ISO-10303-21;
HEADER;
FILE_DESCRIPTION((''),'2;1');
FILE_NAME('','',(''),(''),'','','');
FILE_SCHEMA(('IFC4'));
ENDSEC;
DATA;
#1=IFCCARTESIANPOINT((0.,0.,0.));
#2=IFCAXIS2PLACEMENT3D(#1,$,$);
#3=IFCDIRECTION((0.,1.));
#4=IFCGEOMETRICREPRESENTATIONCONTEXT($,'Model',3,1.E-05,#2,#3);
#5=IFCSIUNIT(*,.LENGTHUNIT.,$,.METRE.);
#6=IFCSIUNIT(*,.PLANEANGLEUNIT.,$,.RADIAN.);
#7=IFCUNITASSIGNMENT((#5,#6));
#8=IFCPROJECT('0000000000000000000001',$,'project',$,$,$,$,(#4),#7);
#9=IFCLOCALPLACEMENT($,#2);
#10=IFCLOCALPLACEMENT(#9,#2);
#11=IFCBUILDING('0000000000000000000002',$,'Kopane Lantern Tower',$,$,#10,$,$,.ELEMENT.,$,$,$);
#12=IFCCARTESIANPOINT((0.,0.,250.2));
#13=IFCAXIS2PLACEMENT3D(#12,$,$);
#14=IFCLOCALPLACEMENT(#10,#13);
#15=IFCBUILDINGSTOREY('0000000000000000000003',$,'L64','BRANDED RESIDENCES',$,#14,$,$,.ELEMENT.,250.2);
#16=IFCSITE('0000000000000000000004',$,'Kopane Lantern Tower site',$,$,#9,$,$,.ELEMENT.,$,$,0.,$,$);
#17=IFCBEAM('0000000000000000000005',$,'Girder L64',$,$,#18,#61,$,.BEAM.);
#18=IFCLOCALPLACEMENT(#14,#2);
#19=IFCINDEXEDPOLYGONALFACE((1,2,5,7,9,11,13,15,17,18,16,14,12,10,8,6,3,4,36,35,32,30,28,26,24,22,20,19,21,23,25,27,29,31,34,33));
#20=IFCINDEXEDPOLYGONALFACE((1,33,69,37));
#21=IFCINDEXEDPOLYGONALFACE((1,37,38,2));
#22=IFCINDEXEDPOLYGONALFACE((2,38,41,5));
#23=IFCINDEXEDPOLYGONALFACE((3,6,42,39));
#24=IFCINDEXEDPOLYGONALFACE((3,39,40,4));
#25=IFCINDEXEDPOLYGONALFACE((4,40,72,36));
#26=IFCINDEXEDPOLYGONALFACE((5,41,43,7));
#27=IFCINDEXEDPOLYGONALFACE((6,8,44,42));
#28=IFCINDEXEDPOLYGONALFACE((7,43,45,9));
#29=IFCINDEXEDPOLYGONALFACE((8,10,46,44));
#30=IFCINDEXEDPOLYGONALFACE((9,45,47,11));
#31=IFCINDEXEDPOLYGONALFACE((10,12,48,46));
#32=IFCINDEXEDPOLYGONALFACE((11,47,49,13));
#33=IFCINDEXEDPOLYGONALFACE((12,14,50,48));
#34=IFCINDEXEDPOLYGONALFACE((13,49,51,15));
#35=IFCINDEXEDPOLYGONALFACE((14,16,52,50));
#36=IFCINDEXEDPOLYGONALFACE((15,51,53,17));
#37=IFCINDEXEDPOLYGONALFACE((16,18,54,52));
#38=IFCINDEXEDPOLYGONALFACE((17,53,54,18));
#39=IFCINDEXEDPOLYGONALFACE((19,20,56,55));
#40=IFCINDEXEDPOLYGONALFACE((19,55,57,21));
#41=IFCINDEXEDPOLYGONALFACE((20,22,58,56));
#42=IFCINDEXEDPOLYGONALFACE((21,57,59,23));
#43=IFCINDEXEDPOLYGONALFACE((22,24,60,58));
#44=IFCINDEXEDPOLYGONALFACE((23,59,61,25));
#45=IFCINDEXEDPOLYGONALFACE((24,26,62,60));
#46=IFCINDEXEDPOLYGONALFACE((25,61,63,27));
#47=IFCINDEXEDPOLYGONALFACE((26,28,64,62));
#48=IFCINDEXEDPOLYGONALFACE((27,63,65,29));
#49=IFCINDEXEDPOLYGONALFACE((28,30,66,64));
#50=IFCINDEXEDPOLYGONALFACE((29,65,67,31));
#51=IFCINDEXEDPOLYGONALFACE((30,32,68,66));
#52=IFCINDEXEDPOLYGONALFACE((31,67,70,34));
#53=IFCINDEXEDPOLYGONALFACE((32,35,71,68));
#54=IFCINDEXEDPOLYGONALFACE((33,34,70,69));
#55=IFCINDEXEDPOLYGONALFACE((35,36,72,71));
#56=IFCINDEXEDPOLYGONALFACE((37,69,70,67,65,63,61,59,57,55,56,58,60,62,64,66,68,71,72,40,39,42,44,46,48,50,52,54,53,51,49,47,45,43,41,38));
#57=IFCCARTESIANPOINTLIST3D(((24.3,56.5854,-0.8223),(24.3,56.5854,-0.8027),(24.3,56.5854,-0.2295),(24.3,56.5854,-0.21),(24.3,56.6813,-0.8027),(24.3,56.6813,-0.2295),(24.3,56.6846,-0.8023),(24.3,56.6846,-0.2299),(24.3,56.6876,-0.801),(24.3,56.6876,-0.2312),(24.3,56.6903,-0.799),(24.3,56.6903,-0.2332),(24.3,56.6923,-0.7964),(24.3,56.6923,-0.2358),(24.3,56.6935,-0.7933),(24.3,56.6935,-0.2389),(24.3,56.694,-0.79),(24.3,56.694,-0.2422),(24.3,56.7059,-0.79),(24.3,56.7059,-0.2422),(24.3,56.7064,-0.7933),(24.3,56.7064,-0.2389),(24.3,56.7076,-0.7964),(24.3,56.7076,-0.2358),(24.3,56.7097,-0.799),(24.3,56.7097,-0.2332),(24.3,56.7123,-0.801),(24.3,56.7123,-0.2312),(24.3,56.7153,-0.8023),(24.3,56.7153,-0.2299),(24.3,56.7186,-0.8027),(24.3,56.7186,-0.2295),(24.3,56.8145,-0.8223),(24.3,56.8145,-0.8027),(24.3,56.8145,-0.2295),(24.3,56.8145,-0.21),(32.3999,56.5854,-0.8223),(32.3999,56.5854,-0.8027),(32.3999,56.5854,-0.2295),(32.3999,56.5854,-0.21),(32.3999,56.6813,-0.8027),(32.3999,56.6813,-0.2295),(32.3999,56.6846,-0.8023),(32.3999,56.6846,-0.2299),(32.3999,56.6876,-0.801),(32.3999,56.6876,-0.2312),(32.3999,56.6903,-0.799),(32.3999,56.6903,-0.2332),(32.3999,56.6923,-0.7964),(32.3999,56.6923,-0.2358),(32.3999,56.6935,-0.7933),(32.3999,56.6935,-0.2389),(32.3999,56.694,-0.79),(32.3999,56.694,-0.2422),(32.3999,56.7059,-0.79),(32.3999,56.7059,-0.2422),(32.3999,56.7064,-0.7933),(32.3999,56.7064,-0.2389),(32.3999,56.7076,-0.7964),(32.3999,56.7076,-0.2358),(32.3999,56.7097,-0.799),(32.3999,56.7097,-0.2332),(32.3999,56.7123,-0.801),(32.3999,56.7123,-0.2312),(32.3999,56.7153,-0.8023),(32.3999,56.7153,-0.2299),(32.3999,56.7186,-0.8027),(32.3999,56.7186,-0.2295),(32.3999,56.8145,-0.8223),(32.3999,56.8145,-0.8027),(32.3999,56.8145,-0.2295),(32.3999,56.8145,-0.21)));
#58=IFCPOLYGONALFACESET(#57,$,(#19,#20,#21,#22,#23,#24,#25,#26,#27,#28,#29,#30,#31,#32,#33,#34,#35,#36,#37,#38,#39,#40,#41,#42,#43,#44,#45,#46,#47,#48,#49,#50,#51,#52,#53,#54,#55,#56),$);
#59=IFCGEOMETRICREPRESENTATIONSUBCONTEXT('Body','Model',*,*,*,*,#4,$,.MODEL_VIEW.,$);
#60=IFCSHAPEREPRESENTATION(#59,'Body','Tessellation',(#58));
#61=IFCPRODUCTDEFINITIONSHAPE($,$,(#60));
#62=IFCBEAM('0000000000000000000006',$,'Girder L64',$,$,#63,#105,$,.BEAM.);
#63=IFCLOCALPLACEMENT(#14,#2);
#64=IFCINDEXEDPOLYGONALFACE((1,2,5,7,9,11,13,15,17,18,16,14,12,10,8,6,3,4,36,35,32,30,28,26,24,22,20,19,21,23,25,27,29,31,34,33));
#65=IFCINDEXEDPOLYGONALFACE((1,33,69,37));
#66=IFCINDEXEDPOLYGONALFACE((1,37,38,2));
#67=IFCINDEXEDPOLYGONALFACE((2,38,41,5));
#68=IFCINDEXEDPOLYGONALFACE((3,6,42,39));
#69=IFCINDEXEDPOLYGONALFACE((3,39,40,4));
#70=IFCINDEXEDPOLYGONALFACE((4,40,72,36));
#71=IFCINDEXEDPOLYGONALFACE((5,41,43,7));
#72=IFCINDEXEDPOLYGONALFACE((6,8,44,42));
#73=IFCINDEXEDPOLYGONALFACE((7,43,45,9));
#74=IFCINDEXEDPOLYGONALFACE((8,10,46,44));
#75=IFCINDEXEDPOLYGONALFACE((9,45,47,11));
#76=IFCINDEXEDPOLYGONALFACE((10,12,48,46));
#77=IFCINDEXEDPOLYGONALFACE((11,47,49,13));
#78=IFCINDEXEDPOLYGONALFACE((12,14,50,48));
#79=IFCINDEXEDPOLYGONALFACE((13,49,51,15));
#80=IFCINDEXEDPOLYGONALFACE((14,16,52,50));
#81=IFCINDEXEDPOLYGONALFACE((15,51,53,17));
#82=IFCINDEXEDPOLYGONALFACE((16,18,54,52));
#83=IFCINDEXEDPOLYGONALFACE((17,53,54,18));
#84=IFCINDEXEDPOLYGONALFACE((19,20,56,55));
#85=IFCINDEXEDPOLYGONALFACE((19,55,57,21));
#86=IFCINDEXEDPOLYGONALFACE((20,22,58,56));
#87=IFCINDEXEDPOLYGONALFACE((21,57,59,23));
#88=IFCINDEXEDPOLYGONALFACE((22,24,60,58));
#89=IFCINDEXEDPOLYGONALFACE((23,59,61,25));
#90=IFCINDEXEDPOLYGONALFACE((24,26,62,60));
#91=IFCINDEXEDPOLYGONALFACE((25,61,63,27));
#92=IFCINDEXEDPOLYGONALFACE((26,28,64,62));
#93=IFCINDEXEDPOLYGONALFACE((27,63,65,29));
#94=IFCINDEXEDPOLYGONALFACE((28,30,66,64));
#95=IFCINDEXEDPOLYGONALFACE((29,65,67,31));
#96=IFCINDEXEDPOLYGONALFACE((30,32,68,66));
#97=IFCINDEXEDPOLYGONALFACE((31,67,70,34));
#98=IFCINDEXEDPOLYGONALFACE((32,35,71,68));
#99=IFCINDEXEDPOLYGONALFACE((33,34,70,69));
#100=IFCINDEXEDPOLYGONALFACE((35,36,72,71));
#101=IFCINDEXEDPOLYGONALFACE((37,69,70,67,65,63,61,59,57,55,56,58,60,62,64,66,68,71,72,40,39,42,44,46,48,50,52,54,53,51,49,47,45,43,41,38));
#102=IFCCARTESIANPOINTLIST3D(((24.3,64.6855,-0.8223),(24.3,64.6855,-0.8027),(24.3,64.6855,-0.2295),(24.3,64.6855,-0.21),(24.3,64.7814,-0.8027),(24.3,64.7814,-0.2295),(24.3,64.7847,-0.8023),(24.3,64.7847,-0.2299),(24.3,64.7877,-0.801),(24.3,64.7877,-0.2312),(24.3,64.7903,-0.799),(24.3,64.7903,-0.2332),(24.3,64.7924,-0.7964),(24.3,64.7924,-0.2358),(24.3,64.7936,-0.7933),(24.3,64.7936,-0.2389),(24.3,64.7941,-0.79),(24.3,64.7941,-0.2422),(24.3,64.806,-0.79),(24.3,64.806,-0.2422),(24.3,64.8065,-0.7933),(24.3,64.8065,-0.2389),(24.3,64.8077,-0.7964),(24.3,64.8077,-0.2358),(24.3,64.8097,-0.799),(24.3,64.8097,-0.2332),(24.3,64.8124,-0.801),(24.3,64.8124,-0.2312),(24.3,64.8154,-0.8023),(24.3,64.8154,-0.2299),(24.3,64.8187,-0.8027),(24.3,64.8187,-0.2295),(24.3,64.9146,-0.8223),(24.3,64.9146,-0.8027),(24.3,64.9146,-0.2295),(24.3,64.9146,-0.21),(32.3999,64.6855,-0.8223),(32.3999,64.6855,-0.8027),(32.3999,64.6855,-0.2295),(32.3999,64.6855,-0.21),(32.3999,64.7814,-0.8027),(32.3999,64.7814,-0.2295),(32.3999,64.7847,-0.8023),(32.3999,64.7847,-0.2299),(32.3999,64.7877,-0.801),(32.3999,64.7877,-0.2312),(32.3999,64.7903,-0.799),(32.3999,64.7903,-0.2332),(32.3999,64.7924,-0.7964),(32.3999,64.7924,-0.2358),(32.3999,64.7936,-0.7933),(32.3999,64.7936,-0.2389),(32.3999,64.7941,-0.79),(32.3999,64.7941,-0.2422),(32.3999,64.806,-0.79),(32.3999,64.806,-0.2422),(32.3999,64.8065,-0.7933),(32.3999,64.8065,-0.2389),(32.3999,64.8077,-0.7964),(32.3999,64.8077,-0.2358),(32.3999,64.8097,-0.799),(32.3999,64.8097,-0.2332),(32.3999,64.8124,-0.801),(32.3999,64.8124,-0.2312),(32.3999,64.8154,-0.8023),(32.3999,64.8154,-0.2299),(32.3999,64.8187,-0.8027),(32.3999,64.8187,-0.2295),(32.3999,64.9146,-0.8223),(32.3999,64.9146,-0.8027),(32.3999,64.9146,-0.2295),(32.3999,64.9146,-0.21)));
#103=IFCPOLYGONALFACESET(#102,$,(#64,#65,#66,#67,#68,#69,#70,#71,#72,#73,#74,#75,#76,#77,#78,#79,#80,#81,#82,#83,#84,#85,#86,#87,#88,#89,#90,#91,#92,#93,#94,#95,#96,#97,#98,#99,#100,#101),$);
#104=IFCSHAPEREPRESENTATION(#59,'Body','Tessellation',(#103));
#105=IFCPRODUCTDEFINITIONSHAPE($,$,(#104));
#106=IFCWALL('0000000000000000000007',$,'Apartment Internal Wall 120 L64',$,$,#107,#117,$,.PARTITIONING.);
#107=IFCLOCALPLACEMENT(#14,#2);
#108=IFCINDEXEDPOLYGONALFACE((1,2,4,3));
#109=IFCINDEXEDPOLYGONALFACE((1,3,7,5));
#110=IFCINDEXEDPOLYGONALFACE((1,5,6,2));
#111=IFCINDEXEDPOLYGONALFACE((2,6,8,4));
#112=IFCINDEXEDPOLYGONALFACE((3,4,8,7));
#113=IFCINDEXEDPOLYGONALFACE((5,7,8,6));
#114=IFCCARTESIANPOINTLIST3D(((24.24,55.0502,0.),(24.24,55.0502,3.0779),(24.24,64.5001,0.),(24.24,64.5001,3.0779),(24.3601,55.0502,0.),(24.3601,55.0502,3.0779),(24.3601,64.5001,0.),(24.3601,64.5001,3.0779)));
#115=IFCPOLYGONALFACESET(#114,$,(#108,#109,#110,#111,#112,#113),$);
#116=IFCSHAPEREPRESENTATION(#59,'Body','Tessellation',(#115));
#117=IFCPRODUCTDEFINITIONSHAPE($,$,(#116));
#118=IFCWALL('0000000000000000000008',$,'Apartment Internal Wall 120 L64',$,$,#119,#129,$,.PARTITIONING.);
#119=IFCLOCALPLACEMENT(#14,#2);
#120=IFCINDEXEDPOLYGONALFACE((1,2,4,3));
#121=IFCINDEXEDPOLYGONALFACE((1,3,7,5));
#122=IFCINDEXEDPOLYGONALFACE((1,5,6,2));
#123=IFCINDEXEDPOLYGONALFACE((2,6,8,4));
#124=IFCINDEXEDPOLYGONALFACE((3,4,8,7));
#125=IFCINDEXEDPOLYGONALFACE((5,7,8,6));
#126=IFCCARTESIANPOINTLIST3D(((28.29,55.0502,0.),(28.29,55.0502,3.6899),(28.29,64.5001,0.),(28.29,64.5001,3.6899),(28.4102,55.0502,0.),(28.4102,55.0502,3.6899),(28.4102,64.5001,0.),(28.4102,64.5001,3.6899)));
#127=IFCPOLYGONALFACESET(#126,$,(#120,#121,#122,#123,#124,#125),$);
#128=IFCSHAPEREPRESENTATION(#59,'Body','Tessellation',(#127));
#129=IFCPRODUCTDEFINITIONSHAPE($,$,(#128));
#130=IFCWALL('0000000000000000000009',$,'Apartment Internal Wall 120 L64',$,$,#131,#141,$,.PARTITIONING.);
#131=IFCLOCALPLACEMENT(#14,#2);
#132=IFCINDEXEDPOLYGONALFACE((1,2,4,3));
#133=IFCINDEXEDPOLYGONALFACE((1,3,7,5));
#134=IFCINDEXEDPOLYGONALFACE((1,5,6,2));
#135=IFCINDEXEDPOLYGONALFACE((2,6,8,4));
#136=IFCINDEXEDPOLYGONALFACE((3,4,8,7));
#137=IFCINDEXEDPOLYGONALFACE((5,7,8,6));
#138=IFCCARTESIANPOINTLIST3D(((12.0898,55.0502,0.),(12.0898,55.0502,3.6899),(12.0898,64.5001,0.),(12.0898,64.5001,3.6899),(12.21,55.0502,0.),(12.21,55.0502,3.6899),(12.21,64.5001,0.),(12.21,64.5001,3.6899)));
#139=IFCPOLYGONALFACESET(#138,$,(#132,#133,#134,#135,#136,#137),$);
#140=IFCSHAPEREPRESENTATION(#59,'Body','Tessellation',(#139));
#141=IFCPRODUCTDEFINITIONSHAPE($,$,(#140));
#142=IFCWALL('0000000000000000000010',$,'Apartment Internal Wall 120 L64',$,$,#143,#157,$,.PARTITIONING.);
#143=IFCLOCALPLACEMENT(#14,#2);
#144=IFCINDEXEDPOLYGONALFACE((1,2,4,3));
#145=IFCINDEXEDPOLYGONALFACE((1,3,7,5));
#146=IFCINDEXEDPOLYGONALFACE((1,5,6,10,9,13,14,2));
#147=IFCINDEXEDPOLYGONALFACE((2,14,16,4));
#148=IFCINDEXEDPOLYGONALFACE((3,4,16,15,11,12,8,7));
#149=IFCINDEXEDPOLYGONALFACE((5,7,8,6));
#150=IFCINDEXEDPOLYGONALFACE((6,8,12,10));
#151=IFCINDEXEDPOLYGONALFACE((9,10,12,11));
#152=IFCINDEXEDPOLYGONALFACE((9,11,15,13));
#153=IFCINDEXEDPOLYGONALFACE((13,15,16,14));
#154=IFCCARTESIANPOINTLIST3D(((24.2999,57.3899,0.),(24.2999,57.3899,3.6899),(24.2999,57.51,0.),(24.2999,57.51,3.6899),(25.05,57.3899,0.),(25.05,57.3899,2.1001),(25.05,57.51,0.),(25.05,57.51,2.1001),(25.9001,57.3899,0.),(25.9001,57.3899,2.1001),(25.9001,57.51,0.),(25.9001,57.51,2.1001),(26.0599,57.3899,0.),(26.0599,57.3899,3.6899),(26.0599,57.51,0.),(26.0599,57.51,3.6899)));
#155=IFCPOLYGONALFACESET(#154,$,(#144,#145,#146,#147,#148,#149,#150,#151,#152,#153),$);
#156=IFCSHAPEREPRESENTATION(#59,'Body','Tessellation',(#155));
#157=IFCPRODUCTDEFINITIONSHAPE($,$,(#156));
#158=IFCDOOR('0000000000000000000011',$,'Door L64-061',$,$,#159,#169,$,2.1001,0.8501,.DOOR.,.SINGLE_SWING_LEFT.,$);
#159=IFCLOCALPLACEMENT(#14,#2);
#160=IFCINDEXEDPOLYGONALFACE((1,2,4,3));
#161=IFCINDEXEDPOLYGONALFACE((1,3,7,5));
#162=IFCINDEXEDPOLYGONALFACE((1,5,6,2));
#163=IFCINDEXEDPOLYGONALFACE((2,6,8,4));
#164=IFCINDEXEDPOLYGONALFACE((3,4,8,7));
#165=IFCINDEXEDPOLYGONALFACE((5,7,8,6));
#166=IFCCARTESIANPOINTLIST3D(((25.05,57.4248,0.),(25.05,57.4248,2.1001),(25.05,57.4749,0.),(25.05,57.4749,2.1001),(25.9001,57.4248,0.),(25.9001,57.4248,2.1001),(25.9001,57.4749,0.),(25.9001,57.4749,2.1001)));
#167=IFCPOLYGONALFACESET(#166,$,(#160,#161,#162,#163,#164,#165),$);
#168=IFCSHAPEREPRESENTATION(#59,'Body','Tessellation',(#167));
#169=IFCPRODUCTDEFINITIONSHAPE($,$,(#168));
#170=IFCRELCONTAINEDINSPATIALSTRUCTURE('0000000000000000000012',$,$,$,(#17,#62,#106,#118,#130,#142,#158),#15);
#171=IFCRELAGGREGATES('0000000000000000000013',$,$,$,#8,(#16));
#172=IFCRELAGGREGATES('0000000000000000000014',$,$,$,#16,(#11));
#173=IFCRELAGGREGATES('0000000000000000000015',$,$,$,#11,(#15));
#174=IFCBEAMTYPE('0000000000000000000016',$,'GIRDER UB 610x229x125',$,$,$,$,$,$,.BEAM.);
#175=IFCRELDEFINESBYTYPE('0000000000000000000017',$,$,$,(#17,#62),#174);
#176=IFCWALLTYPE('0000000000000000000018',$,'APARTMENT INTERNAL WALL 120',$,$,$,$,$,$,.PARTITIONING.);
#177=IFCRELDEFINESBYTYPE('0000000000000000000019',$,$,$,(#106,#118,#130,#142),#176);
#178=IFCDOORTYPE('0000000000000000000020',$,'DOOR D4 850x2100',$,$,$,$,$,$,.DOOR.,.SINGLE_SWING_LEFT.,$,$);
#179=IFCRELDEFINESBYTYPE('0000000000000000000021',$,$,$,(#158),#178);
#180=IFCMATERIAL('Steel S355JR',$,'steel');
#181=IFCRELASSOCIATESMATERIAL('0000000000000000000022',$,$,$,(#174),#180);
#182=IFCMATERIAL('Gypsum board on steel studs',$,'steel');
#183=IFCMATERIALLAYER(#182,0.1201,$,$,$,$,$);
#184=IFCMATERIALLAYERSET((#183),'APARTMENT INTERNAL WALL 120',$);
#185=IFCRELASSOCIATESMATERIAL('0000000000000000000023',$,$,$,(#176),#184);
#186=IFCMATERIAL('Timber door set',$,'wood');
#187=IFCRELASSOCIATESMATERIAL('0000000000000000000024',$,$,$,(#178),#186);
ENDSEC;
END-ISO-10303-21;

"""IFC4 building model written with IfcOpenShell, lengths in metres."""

from ifc_helpers import new_model, si_unit, direction, frame, frame_2d, origin, origin_2d, place, context, subcontext, project, spatial, rectangle, i_section, extrude, material, layer, layer_set, material_profile, profile_set, type_object, element, fill, save


model = new_model("IFC4")

# Units and contexts
model_context = context("Model", 3, precision=1e-05, world=origin(), true_north=direction((0.0, 1.0)))
body_context = subcontext(model_context, "Body", "Model", "MODEL_VIEW")
ifc_project = project(units=[si_unit("LENGTHUNIT", "METRE"), si_unit("PLANEANGLEUNIT", "RADIAN")], contexts=[model_context])

# Site, building, storey
site_placement = place(None, origin())
site = spatial("IfcSite", under=ifc_project, at=site_placement, Name="Kopane Lantern Tower site", CompositionType="ELEMENT", RefElevation=0.0)
building_placement = place(site_placement, origin())
building = spatial("IfcBuilding", under=site, at=building_placement, Name="Kopane Lantern Tower", CompositionType="ELEMENT")
storey_placement = place(building_placement, frame((0.0, 0.0, 250.2)))
storey = spatial("IfcBuildingStorey", under=building, at=storey_placement, Name="L64", Description="BRANDED RESIDENCES", CompositionType="ELEMENT", Elevation=250.2)

# Beams
ifc_material_1 = material(Name="Steel S355JR", Category="steel")
ifc_material_profile_1 = material_profile(ifc_material_1, i_section(OverallWidth=0.229, OverallDepth=0.6123, WebThickness=0.012, FlangeThickness=0.0195, FilletRadius=0.0127, at=origin_2d()), Name="UB 610x229x125")
ifc_profile_set_1 = profile_set([ifc_material_profile_1], Name="Steel S355JR")
beam_type = type_object("IfcBeamType", Name="GIRDER UB 610x229x125", PredefinedType="BEAM", material=ifc_profile_set_1)
for number, where, z_axis, x_axis, name in (
    (1, (24.3, 56.7, -0.5161), (1.0, 0.0, 0.0), (0.0, 1.0, 0.0), "Girder L64"),
    (2, (24.3, 64.8, -0.5161), (1.0, 0.0, 0.0), (0.0, 1.0, 0.0), "Girder L64"),
):
    element("IfcBeam", number, at=place(storey_placement, frame(where, z_axis=z_axis, x_axis=x_axis)), inside=storey, type_object=beam_type, Name=name, PredefinedType="BEAM", context=body_context, shape_type="SweptSolid", body=[
        extrude(i_section(OverallWidth=0.229, OverallDepth=0.6123, WebThickness=0.012, FlangeThickness=0.0195, FilletRadius=0.0127, at=origin_2d()), origin(), (0.0, 0.0, 1.0), 8.0999),
    ])

# Walls
ifc_material_2 = material(Name="Gypsum board on steel studs", Category="steel")
ifc_layer_1 = layer(ifc_material_2, 0.1201)
ifc_layer_set_1 = layer_set([ifc_layer_1], Name="APARTMENT INTERNAL WALL 120")
wall_type_1 = type_object("IfcWallType", Name="APARTMENT INTERNAL WALL 120", PredefinedType="PARTITIONING", material=ifc_layer_set_1)
wall_1_placement = place(storey_placement, frame((24.3, 55.05, 0.0), z_axis=(0.0, 0.0, 1.0), x_axis=(0.0, 1.0, 0.0)))
element("IfcWall", 3, at=wall_1_placement, inside=storey, type_object=wall_type_1, Name="Apartment Internal Wall 120 L64", PredefinedType="PARTITIONING", context=body_context, shape_type="SweptSolid", body=[
    extrude(rectangle(XDim=9.45, YDim=0.1201, at=frame_2d((4.7251, 0.0))), origin(), (0.0, 0.0, 1.0), 3.0779),
])
for number, where, z_axis, x_axis, name in (
    (4, (28.3501, 55.05, 0.0), (0.0, 0.0, 1.0), (0.0, 1.0, 0.0), "Apartment Internal Wall 120 L64"),
    (5, (12.1499, 55.05, 0.0), (0.0, 0.0, 1.0), (0.0, 1.0, 0.0), "Apartment Internal Wall 120 L64"),
):
    element("IfcWall", number, at=place(storey_placement, frame(where, z_axis=z_axis, x_axis=x_axis)), inside=storey, type_object=wall_type_1, Name=name, PredefinedType="PARTITIONING", context=body_context, shape_type="SweptSolid", body=[
        extrude(rectangle(XDim=9.45, YDim=0.1201, at=frame_2d((4.7251, 0.0))), origin(), (0.0, 0.0, 1.0), 3.6899),
    ])

# Wall, opening, door
wall_2_placement = place(storey_placement, frame((24.3, 57.45, 0.0), z_axis=(0.0, 0.0, 1.0), x_axis=(1.0, 0.0, 0.0)))
wall_2 = element("IfcWall", 6, at=wall_2_placement, inside=storey, type_object=wall_type_1, Name="Apartment Internal Wall 120 L64", PredefinedType="PARTITIONING", context=body_context, shape_type="SweptSolid", body=[
    extrude(rectangle(XDim=1.76, YDim=0.1201, at=frame_2d((0.8799, 0.0))), origin(), (0.0, 0.0, 1.0), 3.6899),
])
opening_1_placement = place(wall_2_placement, frame((0.75, 0.0, 0.0)))
opening_1 = element("IfcOpeningElement", 7, at=opening_1_placement, cuts=wall_2, PredefinedType="OPENING", context=body_context, shape_type="SweptSolid", body=[
    extrude(rectangle(XDim=0.8501, YDim=2.1001, at=frame_2d((0.425, 1.05))), frame((0.0, 0.0701, 0.0), z_axis=(0.0, -1.0, 0.0), x_axis=(1.0, 0.0, 0.0)), (0.0, 0.0, 1.0), 0.1401),
])
ifc_material_3 = material(Name="Timber door set", Category="wood")
door_type_1 = type_object("IfcDoorType", Name="DOOR D4 850x2100", OperationType="SINGLE_SWING_LEFT", PredefinedType="DOOR", material=ifc_material_3)
door_1_placement = place(opening_1_placement, origin())
door_1 = element("IfcDoor", 8, at=door_1_placement, inside=storey, type_object=door_type_1, Name="Door L64-061", OperationType="SINGLE_SWING_LEFT", OverallHeight=2.1001, OverallWidth=0.8501, PredefinedType="DOOR", context=body_context, shape_type="SweptSolid", body=[
    extrude(rectangle(XDim=0.8501, YDim=2.1001, at=frame_2d((0.425, 1.05))), frame((0.0, 0.0249, 0.0), z_axis=(0.0, -1.0, 0.0), x_axis=(1.0, 0.0, 0.0)), (0.0, 0.0, 1.0), 0.05),
])
fill(opening_1, door_1)

save(model, "model.ifc")
